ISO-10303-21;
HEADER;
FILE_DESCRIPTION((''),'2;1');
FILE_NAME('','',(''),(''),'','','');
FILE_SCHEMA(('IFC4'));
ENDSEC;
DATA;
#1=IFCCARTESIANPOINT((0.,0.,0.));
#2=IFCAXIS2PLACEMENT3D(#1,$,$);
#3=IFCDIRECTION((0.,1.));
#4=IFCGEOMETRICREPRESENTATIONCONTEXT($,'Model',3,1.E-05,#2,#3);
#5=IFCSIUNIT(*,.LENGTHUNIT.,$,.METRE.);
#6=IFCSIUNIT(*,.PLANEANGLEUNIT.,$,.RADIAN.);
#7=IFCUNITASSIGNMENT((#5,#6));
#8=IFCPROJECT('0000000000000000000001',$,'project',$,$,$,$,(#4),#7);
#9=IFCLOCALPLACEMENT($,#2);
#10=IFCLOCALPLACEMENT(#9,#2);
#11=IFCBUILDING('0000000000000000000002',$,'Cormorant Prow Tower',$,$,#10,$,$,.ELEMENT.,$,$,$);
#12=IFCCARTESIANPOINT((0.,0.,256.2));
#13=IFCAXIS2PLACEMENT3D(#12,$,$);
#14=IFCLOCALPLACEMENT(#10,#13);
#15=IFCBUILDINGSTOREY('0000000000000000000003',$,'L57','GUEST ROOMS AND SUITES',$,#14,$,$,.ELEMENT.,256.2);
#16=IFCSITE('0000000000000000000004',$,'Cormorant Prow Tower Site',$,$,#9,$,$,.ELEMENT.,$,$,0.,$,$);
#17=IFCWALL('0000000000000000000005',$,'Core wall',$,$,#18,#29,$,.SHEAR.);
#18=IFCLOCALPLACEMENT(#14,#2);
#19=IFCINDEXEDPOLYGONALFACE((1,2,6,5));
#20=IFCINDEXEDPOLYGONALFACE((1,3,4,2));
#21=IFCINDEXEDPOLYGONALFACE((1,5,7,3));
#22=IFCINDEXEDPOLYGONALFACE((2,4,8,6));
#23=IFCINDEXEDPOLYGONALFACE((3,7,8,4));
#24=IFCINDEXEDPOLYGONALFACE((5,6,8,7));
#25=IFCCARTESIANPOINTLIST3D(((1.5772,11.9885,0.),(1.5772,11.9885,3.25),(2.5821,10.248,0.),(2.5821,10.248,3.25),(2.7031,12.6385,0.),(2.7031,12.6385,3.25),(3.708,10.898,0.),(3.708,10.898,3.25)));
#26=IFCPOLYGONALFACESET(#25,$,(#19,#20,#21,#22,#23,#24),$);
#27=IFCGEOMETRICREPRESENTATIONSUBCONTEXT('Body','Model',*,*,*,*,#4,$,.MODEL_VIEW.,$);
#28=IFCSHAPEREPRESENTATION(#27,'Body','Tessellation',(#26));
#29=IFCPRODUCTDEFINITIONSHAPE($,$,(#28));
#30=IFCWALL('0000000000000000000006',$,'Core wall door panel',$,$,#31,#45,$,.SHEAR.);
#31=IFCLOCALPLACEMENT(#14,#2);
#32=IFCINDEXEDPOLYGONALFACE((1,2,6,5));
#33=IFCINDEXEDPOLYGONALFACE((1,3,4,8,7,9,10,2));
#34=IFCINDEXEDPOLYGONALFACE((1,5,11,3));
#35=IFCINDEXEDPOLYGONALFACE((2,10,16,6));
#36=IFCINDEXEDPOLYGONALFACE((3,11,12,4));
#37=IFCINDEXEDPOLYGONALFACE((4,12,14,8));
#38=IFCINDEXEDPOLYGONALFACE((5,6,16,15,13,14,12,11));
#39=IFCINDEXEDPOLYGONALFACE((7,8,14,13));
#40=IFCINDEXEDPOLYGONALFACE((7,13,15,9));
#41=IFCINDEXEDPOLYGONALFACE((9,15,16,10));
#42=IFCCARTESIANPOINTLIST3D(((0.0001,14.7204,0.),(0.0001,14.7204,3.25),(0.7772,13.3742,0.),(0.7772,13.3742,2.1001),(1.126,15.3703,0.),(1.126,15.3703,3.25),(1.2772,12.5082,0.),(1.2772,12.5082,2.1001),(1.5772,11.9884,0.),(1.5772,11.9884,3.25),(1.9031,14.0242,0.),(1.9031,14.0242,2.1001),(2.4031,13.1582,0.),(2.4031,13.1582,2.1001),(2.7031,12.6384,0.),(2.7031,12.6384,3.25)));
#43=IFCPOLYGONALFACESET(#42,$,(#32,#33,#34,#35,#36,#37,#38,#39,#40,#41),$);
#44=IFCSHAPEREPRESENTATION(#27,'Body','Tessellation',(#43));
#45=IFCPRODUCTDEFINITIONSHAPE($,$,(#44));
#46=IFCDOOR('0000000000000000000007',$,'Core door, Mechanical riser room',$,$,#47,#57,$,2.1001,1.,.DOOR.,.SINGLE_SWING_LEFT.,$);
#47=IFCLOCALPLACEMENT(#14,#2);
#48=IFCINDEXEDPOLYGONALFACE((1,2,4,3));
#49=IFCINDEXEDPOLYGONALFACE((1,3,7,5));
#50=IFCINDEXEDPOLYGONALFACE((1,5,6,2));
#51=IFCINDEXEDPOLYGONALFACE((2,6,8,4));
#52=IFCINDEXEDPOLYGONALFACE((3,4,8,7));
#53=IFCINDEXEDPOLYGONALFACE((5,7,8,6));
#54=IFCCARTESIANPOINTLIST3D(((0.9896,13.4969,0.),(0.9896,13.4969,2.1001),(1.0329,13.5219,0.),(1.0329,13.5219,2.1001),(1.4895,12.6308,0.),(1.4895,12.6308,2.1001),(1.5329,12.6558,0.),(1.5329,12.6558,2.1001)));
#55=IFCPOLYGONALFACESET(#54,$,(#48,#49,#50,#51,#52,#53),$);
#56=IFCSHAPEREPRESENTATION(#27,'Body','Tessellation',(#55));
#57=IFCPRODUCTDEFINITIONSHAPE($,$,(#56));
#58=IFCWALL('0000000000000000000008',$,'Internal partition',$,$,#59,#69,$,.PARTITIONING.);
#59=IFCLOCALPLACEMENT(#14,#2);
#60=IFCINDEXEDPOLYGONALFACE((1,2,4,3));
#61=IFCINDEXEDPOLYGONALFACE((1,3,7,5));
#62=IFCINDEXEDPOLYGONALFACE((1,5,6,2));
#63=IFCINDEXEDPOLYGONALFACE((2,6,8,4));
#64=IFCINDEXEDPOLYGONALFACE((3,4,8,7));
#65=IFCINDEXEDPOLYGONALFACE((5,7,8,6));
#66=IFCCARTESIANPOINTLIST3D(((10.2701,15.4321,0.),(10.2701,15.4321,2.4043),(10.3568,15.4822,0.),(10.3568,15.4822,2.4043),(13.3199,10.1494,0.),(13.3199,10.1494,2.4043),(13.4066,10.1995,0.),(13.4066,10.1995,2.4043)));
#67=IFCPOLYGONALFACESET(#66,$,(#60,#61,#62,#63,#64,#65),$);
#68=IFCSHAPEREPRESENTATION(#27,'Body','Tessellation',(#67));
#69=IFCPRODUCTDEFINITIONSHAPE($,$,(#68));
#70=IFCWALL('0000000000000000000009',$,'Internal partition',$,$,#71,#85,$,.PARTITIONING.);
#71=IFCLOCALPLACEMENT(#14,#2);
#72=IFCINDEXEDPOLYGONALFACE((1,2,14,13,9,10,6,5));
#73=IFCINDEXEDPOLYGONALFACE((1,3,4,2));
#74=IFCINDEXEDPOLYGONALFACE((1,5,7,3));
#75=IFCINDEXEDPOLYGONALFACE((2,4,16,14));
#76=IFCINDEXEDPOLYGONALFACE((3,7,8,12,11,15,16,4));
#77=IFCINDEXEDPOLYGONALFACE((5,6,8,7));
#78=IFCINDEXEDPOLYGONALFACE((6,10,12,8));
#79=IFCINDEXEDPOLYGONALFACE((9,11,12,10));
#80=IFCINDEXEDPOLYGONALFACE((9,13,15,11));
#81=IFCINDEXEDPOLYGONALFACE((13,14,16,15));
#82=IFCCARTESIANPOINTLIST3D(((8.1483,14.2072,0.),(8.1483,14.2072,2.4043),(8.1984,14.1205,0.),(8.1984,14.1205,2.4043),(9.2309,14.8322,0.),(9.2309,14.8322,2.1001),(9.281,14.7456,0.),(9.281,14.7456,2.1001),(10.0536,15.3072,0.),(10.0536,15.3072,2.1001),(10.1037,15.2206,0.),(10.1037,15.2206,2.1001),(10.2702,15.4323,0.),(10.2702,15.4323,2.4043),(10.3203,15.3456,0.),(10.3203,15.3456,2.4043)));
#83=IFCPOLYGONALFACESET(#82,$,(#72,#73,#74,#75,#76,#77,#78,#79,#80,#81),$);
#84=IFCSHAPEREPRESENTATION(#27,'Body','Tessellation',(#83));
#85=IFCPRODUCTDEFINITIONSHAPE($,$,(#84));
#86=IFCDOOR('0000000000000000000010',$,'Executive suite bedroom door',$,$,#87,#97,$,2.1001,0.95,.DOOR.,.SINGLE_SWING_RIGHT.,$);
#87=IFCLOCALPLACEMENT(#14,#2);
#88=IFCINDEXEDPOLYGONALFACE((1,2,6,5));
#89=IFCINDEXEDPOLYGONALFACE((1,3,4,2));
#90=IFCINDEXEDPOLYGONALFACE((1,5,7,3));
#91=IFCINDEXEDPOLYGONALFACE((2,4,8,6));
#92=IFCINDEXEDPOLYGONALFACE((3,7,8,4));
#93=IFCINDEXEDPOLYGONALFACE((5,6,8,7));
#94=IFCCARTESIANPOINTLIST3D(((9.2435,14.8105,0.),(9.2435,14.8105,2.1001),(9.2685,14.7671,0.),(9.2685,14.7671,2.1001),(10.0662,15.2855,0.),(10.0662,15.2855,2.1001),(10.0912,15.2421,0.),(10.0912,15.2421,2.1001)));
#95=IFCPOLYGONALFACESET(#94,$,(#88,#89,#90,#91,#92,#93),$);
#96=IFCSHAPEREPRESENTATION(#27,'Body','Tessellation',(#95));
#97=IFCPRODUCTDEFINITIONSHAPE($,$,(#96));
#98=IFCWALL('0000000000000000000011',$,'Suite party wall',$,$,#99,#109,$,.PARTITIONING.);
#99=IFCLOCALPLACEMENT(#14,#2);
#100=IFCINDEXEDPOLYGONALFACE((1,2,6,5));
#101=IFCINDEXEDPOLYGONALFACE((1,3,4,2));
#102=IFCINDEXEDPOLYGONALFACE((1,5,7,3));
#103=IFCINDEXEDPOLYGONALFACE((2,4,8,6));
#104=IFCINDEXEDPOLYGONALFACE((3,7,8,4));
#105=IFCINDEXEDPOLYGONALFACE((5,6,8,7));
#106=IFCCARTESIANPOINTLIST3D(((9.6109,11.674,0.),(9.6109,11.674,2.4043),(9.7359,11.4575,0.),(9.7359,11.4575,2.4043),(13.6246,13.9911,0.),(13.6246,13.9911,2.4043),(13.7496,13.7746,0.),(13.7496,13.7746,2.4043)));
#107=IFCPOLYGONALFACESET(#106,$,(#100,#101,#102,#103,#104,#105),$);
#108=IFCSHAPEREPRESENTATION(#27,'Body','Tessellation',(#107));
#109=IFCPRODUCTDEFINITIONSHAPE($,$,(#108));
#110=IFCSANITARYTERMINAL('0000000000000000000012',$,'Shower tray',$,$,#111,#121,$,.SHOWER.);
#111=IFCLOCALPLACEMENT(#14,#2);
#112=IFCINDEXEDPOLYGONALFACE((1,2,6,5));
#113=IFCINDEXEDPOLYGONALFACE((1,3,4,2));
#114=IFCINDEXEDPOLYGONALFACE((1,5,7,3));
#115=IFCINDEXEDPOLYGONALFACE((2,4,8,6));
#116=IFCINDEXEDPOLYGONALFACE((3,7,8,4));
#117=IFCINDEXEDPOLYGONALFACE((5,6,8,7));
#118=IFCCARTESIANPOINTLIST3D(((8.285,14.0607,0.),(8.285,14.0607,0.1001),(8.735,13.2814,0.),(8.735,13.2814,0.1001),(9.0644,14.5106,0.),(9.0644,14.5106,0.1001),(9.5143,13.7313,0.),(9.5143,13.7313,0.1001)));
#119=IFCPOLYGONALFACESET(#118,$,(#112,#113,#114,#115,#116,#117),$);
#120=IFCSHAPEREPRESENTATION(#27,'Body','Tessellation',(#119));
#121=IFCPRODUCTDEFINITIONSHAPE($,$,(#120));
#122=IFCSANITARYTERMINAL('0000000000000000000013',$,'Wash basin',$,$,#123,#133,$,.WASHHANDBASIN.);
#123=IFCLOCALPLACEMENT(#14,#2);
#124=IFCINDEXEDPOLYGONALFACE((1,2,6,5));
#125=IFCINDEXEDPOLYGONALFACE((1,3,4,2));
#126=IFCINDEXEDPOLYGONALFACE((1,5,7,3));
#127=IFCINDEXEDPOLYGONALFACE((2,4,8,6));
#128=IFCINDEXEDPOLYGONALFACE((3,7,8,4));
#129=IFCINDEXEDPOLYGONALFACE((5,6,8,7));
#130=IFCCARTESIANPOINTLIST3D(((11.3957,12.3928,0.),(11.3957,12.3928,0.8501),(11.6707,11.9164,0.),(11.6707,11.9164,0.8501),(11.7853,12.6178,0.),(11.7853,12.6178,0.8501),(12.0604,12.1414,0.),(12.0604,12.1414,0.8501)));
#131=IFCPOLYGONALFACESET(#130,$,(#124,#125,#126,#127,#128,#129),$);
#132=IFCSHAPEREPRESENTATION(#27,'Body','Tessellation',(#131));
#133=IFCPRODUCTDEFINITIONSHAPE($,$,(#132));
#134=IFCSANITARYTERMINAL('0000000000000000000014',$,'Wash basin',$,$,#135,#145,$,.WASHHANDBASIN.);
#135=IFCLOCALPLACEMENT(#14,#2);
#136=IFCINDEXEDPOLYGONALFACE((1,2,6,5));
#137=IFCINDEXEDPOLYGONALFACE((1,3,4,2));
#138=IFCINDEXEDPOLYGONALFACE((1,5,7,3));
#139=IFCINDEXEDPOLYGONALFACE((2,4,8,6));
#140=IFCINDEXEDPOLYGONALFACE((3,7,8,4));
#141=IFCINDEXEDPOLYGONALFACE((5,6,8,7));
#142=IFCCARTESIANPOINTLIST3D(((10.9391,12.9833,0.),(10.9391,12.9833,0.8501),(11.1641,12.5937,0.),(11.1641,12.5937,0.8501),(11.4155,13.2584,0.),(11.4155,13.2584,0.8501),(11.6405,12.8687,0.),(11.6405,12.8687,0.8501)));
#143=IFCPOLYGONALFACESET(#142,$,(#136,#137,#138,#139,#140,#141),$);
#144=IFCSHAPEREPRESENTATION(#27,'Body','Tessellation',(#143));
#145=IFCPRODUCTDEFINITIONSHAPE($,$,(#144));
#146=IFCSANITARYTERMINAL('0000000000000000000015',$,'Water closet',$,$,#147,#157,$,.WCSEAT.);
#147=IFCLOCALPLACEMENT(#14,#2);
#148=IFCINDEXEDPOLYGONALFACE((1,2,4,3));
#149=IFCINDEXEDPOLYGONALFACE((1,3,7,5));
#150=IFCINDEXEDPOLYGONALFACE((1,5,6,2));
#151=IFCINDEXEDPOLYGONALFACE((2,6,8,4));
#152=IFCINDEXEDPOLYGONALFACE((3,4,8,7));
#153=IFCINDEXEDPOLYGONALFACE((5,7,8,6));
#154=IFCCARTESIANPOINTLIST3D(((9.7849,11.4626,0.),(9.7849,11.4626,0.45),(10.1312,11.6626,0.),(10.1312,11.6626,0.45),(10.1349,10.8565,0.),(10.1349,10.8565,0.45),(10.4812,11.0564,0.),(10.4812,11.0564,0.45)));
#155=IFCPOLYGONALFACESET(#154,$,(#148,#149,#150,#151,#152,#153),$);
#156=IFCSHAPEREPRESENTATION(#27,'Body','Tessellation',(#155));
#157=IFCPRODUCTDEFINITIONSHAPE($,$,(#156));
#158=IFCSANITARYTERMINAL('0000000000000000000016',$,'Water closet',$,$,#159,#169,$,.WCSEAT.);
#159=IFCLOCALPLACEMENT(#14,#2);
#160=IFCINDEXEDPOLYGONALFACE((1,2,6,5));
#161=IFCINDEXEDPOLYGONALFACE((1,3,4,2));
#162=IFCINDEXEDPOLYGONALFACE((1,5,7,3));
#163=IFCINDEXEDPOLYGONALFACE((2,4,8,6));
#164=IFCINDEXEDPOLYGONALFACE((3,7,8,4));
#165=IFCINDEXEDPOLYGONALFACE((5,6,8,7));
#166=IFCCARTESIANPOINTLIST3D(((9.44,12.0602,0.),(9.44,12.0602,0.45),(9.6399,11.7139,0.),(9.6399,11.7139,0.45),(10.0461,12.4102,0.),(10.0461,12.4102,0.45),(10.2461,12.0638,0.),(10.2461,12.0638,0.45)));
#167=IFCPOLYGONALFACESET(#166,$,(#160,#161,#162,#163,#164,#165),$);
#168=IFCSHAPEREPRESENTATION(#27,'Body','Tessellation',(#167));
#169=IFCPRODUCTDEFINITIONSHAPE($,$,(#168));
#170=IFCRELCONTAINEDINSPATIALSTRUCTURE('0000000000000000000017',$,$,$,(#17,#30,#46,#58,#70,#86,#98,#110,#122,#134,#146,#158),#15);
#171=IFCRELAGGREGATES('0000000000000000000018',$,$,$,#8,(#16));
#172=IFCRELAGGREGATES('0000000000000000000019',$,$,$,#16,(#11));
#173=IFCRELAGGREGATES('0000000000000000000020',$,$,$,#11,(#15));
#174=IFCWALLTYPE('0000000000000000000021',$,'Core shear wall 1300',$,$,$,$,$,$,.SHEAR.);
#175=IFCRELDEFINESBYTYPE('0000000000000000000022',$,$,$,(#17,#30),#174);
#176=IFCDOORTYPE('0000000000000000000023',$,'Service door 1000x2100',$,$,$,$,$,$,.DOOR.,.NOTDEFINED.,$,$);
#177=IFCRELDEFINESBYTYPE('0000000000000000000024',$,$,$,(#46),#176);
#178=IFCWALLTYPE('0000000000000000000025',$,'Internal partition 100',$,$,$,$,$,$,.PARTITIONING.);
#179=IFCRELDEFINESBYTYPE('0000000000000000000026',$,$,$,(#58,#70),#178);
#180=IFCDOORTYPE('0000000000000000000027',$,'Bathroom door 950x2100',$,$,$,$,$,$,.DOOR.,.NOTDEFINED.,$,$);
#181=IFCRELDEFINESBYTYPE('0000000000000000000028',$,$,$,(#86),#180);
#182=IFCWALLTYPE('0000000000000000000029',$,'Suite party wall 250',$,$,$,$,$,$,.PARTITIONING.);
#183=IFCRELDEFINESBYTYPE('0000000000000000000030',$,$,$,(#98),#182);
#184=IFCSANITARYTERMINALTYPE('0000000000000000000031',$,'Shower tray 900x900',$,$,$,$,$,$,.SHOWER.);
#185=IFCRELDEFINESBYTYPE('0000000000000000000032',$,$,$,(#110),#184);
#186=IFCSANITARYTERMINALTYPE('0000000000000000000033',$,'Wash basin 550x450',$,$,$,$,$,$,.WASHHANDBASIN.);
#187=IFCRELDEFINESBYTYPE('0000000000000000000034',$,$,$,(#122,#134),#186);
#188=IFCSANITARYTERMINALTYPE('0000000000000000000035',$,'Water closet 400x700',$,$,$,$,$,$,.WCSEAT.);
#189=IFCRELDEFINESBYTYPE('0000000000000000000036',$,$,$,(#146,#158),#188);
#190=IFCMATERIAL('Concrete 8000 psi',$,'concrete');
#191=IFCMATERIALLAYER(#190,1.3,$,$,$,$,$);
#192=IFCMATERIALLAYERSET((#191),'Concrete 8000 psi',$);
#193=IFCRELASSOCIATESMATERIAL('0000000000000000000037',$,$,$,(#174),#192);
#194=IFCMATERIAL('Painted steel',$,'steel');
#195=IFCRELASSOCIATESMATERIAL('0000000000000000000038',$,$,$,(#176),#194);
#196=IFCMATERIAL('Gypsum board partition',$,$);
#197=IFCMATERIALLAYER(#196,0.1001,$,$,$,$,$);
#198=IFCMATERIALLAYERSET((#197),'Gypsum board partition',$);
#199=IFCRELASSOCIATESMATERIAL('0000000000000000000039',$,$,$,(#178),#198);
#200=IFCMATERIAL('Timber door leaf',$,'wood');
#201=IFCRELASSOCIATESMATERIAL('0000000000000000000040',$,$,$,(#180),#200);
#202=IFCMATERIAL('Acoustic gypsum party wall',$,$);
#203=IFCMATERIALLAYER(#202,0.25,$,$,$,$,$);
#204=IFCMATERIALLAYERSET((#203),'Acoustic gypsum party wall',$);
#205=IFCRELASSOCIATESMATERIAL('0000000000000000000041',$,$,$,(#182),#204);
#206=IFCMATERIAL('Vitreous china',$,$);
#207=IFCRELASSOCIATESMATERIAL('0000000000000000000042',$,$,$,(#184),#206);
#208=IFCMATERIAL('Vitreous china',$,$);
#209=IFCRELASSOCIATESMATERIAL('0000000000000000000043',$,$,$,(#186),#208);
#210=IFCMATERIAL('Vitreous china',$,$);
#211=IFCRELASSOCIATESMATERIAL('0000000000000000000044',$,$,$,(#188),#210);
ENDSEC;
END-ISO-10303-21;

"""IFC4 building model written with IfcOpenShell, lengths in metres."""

from ifc_helpers import new_model, si_unit, direction, frame, frame_2d, origin, origin_2d, place, context, subcontext, project, spatial, rectangle, extrude, material, layer, layer_set, type_object, element, fill, save


model = new_model("IFC4")

# Units and contexts
model_context = context("Model", 3, precision=1e-05, world=origin(), true_north=direction((0.0, 1.0)))
body_context = subcontext(model_context, "Body", "Model", "MODEL_VIEW")
ifc_project = project(units=[si_unit("LENGTHUNIT", "METRE"), si_unit("PLANEANGLEUNIT", "RADIAN")], contexts=[model_context])

# Site, building, storey
site_placement = place(None, origin())
site = spatial("IfcSite", under=ifc_project, at=site_placement, Name="Cormorant Prow Tower Site", CompositionType="ELEMENT", RefElevation=0.0)
building_placement = place(site_placement, origin())
building = spatial("IfcBuilding", under=site, at=building_placement, Name="Cormorant Prow Tower", CompositionType="ELEMENT")
storey_placement = place(building_placement, frame((0.0, 0.0, 256.2)))
storey = spatial("IfcBuildingStorey", under=building, at=storey_placement, Name="L57", Description="GUEST ROOMS AND SUITES", CompositionType="ELEMENT", Elevation=256.2)

# Wall
ifc_material_1 = material(Name="Concrete 8000 psi", Category="concrete")
ifc_layer_1 = layer(ifc_material_1, 1.3)
ifc_layer_set_1 = layer_set([ifc_layer_1], Name="Concrete 8000 psi")
wall_type_1 = type_object("IfcWallType", Name="Core shear wall 1300", PredefinedType="SHEAR", material=ifc_layer_set_1)
wall_1_placement = place(storey_placement, frame((3.145, 10.573, 0.0), z_axis=(0.0, 0.0, 1.0), x_axis=(-0.500006, 0.866022, 0.0)))
element("IfcWall", 1, at=wall_1_placement, inside=storey, type_object=wall_type_1, Name="Core wall", PredefinedType="SHEAR", context=body_context, shape_type="SweptSolid", body=[
    extrude(rectangle(XDim=2.0098, YDim=1.3, at=frame_2d((1.0049, 0.0))), origin(), (0.0, 0.0, 1.0), 3.25),
])

# Wall, opening, door
wall_2_placement = place(storey_placement, frame((2.1401, 12.3135, 0.0), z_axis=(0.0, 0.0, 1.0), x_axis=(-0.499968, 0.866044, 0.0)))
wall_2 = element("IfcWall", 2, at=wall_2_placement, inside=storey, type_object=wall_type_1, Name="Core wall door panel", PredefinedType="SHEAR", context=body_context, shape_type="SweptSolid", body=[
    extrude(rectangle(XDim=3.1545, YDim=1.3, at=frame_2d((1.5771, 0.0))), origin(), (0.0, 0.0, 1.0), 3.25),
])
opening_1_placement = place(wall_2_placement, frame((0.6001, 0.0, 0.0)))
opening_1 = element("IfcOpeningElement", 3, at=opening_1_placement, cuts=wall_2, PredefinedType="OPENING", context=body_context, shape_type="SweptSolid", body=[
    extrude(rectangle(XDim=1.0, YDim=2.1001, at=frame_2d((0.5, 1.05))), frame((0.0, 0.6599, 0.0), z_axis=(0.0, -1.0, 0.0), x_axis=(1.0, 0.0, 0.0)), (0.0, 0.0, 1.0), 1.3201),
])
ifc_material_2 = material(Name="Painted steel", Category="steel")
door_type_1 = type_object("IfcDoorType", Name="Service door 1000x2100", OperationType="NOTDEFINED", PredefinedType="DOOR", material=ifc_material_2)
door_1_placement = place(opening_1_placement, origin())
door_1 = element("IfcDoor", 4, at=door_1_placement, inside=storey, type_object=door_type_1, Name="Core door, Mechanical riser room", OperationType="SINGLE_SWING_LEFT", OverallHeight=2.1001, OverallWidth=1.0, PredefinedType="DOOR", context=body_context, shape_type="SweptSolid", body=[
    extrude(rectangle(XDim=1.0, YDim=2.1001, at=frame_2d((0.5, 1.05))), frame((0.0, 0.4048, 0.0), z_axis=(0.0, -1.0, 0.0), x_axis=(1.0, 0.0, 0.0)), (0.0, 0.0, 1.0), 0.05),
])
fill(opening_1, door_1)

# Wall
ifc_material_3 = material(Name="Gypsum board partition")
ifc_layer_2 = layer(ifc_material_3, 0.1001)
ifc_layer_set_2 = layer_set([ifc_layer_2], Name="Gypsum board partition")
wall_type_2 = type_object("IfcWallType", Name="Internal partition 100", PredefinedType="PARTITIONING", material=ifc_layer_set_2)
wall_3_placement = place(storey_placement, frame((10.3135, 15.457, 0.0), z_axis=(0.0, 0.0, 1.0), x_axis=(0.499979, -0.866038, 0.0)))
element("IfcWall", 5, at=wall_3_placement, inside=storey, type_object=wall_type_2, Name="Internal partition", PredefinedType="PARTITIONING", context=body_context, shape_type="SweptSolid", body=[
    extrude(rectangle(XDim=6.0999, YDim=0.1001, at=frame_2d((3.0498, 0.0))), origin(), (0.0, 0.0, 1.0), 2.4043),
])

# Wall, opening, door
wall_4_placement = place(storey_placement, frame((8.1733, 14.1638, 0.0), z_axis=(0.0, 0.0, 1.0), x_axis=(0.866015, 0.500019, 0.0)))
wall_4 = element("IfcWall", 6, at=wall_4_placement, inside=storey, type_object=wall_type_2, Name="Internal partition", PredefinedType="PARTITIONING", context=body_context, shape_type="SweptSolid", body=[
    extrude(rectangle(XDim=2.4502, YDim=0.1001, at=frame_2d((1.2251, 0.0))), origin(), (0.0, 0.0, 1.0), 2.4043),
])
opening_2_placement = place(wall_4_placement, frame((1.25, 0.0, 0.0)))
opening_2 = element("IfcOpeningElement", 7, at=opening_2_placement, cuts=wall_4, PredefinedType="OPENING", context=body_context, shape_type="SweptSolid", body=[
    extrude(rectangle(XDim=0.95, YDim=2.1001, at=frame_2d((0.4751, 1.05))), frame((0.0, 0.0601, 0.0), z_axis=(0.0, -1.0, 0.0), x_axis=(1.0, 0.0, 0.0)), (0.0, 0.0, 1.0), 0.1201),
])
ifc_material_4 = material(Name="Timber door leaf", Category="wood")
door_type_2 = type_object("IfcDoorType", Name="Bathroom door 950x2100", OperationType="NOTDEFINED", PredefinedType="DOOR", material=ifc_material_4)
door_2_placement = place(opening_2_placement, origin())
door_2 = element("IfcDoor", 8, at=door_2_placement, inside=storey, type_object=door_type_2, Name="Executive suite bedroom door", OperationType="SINGLE_SWING_RIGHT", OverallHeight=2.1001, OverallWidth=0.95, PredefinedType="DOOR", context=body_context, shape_type="SweptSolid", body=[
    extrude(rectangle(XDim=0.95, YDim=2.1001, at=frame_2d((0.4751, 1.05))), frame((0.0, 0.0249, 0.0), z_axis=(0.0, -1.0, 0.0), x_axis=(1.0, 0.0, 0.0)), (0.0, 0.0, 1.0), 0.05),
])
fill(opening_2, door_2)

# Wall
ifc_material_5 = material(Name="Acoustic gypsum party wall")
ifc_layer_3 = layer(ifc_material_5, 0.25)
ifc_layer_set_3 = layer_set([ifc_layer_3], Name="Acoustic gypsum party wall")
wall_type_3 = type_object("IfcWallType", Name="Suite party wall 250", PredefinedType="PARTITIONING", material=ifc_layer_set_3)
wall_5_placement = place(storey_placement, frame((9.6733, 11.5657, 0.0), z_axis=(0.0, 0.0, 1.0), x_axis=(0.86604, 0.499975, 0.0)))
element("IfcWall", 9, at=wall_5_placement, inside=storey, type_object=wall_type_3, Name="Suite party wall", PredefinedType="PARTITIONING", context=body_context, shape_type="SweptSolid", body=[
    extrude(rectangle(XDim=4.6345, YDim=0.25, at=frame_2d((2.3174, 0.0))), origin(), (0.0, 0.0, 1.0), 2.4043),
])

# Sanitary terminals
ifc_material_6 = material(Name="Vitreous china")
sanitary_terminal_type_1 = type_object("IfcSanitaryTerminalType", Name="Shower tray 900x900", PredefinedType="SHOWER", material=ifc_material_6)
sanitary_terminal_placement = place(storey_placement, frame((8.8997, 13.896, 0.0), z_axis=(0.0, 0.0, 1.0), x_axis=(0.866025, 0.5, 0.0)))
element("IfcSanitaryTerminal", 10, at=sanitary_terminal_placement, inside=storey, type_object=sanitary_terminal_type_1, Name="Shower tray", PredefinedType="SHOWER", context=body_context, shape_type="SweptSolid", body=[
    extrude(rectangle(XDim=0.8999, YDim=0.8999, at=origin_2d()), origin(), (0.0, 0.0, 1.0), 0.1001),
])
ifc_material_7 = material(Name="Vitreous china")
sanitary_terminal_type_2 = type_object("IfcSanitaryTerminalType", Name="Wash basin 550x450", PredefinedType="WASHHANDBASIN", material=ifc_material_7)
for number, where, z_axis, x_axis, name in (
    (11, (11.728, 12.2671, 0.0), (0.0, 0.0, 1.0), (0.5, -0.866025, 0.0), "Wash basin"),
    (12, (11.2898, 12.926, 0.0), (0.0, 0.0, 1.0), (-0.866025, -0.5, 0.0), "Wash basin"),
):
    element("IfcSanitaryTerminal", number, at=place(storey_placement, frame(where, z_axis=z_axis, x_axis=x_axis)), inside=storey, type_object=sanitary_terminal_type_2, Name=name, PredefinedType="WASHHANDBASIN", context=body_context, shape_type="SweptSolid", body=[
        extrude(rectangle(XDim=0.55, YDim=0.45, at=origin_2d()), origin(), (0.0, 0.0, 1.0), 0.8501),
    ])
ifc_material_8 = material(Name="Vitreous china")
sanitary_terminal_type_3 = type_object("IfcSanitaryTerminalType", Name="Water closet 400x700", PredefinedType="WCSEAT", material=ifc_material_8)
for number, where, z_axis, x_axis, name in (
    (13, (10.1331, 11.2595, 0.0), (0.0, 0.0, 1.0), (0.866025, 0.5, 0.0), "Water closet"),
    (14, (9.843, 12.062, 0.0), (0.0, 0.0, 1.0), (-0.5, 0.866025, 0.0), "Water closet"),
):
    element("IfcSanitaryTerminal", number, at=place(storey_placement, frame(where, z_axis=z_axis, x_axis=x_axis)), inside=storey, type_object=sanitary_terminal_type_3, Name=name, PredefinedType="WCSEAT", context=body_context, shape_type="SweptSolid", body=[
        extrude(rectangle(XDim=0.3999, YDim=0.7, at=origin_2d()), origin(), (0.0, 0.0, 1.0), 0.45),
    ])

save(model, "model.ifc")
